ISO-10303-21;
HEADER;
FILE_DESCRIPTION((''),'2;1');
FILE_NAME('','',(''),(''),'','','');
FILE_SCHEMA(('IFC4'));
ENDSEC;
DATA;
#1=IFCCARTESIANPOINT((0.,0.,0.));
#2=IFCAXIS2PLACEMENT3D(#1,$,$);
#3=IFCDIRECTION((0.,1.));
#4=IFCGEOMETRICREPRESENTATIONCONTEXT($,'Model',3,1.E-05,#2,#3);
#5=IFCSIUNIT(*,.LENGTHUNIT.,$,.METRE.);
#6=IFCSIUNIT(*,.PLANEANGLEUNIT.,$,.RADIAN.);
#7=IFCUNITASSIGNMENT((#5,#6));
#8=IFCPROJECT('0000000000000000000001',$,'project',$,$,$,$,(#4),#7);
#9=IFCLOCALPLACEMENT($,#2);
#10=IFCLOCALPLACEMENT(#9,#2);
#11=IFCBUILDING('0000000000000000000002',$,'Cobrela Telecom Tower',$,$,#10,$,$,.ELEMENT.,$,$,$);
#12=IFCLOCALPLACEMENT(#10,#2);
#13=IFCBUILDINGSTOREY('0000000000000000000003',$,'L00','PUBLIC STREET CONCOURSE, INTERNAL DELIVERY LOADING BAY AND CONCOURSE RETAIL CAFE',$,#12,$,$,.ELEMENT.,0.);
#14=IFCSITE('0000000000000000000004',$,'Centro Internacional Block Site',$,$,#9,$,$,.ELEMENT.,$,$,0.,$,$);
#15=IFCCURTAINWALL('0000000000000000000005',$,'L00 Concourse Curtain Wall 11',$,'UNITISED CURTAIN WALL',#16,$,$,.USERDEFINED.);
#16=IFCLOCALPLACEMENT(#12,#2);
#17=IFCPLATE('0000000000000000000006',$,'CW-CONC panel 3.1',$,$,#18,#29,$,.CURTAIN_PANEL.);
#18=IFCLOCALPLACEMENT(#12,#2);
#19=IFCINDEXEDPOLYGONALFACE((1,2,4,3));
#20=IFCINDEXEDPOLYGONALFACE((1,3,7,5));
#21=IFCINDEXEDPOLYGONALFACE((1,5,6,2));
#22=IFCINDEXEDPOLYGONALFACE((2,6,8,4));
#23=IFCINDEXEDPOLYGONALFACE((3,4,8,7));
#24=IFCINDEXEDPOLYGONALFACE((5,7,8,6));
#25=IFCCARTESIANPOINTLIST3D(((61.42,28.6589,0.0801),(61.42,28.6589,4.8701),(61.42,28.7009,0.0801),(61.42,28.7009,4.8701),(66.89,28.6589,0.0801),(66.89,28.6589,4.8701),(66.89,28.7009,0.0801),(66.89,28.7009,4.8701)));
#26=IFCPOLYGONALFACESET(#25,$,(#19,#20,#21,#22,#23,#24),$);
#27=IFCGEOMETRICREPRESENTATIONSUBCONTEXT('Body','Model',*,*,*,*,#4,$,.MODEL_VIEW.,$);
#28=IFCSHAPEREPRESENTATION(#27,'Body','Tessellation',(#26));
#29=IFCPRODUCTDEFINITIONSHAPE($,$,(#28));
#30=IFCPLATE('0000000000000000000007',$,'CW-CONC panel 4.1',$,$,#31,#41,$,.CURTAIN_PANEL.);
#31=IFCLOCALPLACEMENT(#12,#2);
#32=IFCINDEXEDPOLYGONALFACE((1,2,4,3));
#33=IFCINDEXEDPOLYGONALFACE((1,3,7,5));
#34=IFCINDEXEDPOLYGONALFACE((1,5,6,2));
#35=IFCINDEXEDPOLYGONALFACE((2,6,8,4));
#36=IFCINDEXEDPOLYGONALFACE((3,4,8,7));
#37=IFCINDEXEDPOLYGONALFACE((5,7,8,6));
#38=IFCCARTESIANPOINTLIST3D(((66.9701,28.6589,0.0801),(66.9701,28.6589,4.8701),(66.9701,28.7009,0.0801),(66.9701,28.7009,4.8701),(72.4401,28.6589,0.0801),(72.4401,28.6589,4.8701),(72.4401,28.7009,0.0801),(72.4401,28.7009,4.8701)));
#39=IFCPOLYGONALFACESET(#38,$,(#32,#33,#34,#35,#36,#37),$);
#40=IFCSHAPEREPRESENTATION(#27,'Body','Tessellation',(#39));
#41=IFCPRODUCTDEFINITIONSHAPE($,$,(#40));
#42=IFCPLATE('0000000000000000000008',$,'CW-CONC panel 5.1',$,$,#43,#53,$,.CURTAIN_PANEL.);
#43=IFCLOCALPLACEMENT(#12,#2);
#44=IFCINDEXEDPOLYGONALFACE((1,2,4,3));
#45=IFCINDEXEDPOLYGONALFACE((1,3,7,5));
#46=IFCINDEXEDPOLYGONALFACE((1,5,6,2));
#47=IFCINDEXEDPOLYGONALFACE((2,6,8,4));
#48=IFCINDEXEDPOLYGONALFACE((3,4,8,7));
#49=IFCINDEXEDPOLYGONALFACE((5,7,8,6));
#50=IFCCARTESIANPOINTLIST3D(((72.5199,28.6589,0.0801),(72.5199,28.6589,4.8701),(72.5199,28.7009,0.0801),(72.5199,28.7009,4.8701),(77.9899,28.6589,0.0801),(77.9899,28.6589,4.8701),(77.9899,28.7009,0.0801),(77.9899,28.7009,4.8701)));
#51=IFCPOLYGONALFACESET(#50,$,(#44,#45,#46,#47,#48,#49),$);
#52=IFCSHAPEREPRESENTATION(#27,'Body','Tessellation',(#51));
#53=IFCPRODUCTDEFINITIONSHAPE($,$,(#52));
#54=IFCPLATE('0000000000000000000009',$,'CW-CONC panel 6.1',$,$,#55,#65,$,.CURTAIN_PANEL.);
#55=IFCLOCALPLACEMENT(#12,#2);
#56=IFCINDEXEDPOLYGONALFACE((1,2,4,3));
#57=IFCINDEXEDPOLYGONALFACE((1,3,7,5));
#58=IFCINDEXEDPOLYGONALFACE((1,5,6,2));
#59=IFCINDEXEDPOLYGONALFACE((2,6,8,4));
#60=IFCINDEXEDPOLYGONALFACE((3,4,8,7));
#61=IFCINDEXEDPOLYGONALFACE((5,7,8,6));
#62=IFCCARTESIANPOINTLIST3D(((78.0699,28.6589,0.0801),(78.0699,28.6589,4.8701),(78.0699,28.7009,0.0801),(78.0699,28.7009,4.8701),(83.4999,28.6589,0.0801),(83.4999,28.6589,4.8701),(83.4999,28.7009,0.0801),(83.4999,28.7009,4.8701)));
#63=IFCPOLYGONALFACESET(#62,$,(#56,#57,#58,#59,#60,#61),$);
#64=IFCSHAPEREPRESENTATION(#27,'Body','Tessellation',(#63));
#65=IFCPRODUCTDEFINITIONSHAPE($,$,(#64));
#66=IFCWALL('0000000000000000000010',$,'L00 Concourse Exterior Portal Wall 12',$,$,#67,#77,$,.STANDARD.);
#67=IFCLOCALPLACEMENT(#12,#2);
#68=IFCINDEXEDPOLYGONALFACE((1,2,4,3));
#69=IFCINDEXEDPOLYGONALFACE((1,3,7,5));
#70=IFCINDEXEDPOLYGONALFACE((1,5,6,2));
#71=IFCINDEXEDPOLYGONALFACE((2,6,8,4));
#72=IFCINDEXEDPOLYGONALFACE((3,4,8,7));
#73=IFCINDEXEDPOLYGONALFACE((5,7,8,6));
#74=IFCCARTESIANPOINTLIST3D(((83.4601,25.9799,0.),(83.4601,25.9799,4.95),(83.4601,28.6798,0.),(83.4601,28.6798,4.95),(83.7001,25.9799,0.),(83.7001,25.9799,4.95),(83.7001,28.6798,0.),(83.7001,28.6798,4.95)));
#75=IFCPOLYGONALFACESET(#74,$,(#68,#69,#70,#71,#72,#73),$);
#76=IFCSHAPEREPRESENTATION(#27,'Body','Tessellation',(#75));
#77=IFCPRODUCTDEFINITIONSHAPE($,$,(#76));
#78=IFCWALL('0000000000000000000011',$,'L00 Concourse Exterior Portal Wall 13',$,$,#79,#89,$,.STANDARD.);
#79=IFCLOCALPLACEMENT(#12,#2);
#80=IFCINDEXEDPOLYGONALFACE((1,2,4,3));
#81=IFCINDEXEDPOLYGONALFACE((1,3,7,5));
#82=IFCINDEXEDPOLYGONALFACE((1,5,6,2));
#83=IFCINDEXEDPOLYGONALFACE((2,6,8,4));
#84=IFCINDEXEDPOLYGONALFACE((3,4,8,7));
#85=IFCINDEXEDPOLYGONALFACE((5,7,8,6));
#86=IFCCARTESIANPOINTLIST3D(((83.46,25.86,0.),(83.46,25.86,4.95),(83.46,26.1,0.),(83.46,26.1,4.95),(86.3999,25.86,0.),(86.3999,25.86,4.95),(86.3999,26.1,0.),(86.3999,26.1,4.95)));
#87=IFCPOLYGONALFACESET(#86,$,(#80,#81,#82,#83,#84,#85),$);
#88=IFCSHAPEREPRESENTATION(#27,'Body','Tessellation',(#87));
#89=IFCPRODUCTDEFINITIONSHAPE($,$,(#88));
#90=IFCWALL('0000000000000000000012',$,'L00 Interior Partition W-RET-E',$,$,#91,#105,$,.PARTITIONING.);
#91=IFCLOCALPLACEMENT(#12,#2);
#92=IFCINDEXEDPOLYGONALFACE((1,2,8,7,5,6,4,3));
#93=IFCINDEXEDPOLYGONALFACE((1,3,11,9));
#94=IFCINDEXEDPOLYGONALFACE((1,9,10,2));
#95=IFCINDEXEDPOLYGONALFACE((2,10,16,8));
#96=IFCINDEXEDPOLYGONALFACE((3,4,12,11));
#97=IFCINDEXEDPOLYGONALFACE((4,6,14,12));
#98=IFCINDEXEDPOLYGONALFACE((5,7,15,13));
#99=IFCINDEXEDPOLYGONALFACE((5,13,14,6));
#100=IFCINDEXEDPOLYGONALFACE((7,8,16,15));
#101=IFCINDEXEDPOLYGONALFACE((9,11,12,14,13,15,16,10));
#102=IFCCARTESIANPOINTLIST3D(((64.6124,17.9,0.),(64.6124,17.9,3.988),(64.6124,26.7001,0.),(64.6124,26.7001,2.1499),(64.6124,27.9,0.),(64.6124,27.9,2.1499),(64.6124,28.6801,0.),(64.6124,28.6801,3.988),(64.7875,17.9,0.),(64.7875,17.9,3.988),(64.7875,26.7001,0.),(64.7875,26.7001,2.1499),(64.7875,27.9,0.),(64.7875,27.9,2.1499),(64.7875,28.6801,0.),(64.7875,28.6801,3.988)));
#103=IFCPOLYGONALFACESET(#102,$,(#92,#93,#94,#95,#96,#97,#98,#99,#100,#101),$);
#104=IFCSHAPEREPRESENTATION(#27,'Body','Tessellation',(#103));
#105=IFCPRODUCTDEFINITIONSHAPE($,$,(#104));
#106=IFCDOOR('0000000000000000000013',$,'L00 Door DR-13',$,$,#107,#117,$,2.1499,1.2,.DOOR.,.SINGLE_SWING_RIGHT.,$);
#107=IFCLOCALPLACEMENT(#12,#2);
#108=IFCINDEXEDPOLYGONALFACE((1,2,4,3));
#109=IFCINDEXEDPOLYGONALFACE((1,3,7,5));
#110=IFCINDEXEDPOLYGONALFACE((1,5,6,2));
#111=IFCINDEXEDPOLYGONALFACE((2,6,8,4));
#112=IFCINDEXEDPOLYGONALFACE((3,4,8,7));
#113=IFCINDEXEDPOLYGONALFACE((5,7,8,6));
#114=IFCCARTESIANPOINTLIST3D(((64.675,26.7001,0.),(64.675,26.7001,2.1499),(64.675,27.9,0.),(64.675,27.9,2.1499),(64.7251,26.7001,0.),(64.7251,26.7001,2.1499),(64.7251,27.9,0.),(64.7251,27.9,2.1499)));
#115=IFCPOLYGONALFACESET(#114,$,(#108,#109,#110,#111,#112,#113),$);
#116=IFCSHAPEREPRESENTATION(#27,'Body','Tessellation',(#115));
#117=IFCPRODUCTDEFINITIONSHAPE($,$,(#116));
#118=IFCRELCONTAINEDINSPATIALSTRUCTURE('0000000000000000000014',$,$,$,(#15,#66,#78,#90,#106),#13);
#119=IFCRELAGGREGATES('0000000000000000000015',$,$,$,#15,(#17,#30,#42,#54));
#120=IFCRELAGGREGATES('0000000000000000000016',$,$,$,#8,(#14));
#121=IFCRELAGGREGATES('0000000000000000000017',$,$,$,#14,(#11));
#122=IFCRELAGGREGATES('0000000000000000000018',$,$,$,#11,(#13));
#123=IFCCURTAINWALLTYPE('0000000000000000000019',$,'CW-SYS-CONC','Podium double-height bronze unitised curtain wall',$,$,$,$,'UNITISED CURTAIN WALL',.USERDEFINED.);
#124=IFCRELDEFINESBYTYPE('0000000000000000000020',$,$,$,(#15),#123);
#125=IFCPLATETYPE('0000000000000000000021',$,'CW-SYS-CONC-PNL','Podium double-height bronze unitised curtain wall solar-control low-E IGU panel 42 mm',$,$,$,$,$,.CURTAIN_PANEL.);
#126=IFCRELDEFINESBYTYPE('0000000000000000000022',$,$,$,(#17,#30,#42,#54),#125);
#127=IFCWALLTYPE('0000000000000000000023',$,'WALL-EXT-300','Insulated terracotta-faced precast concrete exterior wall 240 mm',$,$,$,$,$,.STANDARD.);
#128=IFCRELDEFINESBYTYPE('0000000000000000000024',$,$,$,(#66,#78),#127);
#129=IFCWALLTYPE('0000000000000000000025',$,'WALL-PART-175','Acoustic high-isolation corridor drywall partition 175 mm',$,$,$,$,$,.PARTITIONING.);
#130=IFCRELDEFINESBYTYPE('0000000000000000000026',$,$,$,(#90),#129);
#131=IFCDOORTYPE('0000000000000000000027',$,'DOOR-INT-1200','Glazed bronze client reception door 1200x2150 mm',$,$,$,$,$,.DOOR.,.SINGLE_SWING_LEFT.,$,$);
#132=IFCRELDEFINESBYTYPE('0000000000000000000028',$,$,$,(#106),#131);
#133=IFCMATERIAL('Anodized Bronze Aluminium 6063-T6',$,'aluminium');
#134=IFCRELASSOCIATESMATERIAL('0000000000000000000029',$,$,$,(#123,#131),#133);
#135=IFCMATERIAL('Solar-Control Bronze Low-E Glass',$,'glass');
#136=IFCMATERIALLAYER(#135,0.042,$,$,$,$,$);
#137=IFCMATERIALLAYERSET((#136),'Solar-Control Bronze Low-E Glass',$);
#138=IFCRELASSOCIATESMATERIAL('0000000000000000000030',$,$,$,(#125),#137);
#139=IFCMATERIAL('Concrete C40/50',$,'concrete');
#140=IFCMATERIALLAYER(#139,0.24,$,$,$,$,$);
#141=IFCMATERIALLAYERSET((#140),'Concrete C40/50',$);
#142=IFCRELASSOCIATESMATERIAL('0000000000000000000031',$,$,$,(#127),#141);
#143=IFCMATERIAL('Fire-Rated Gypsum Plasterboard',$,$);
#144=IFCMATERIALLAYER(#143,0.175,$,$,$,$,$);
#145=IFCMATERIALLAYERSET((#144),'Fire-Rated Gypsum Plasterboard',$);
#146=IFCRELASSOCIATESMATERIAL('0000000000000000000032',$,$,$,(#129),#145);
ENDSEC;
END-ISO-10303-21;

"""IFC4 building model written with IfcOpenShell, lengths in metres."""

from ifc_helpers import new_model, si_unit, direction, frame, frame_2d, origin, origin_2d, place, context, subcontext, project, spatial, rectangle, extrude, material, layer, layer_set, type_object, element, fill, aggregate, save


model = new_model("IFC4")

# Units and contexts
model_context = context("Model", 3, precision=1e-05, world=origin(), true_north=direction((0.0, 1.0)))
body_context = subcontext(model_context, "Body", "Model", "MODEL_VIEW")
ifc_project = project(units=[si_unit("LENGTHUNIT", "METRE"), si_unit("PLANEANGLEUNIT", "RADIAN")], contexts=[model_context])

# Site, building, storey
site_placement = place(None, origin())
site = spatial("IfcSite", under=ifc_project, at=site_placement, Name="Centro Internacional Block Site", CompositionType="ELEMENT", RefElevation=0.0)
building_placement = place(site_placement, origin())
building = spatial("IfcBuilding", under=site, at=building_placement, Name="Cobrela Telecom Tower", CompositionType="ELEMENT")
storey_placement = place(building_placement, origin())
storey = spatial("IfcBuildingStorey", under=building, at=storey_placement, Name="L00", Description="PUBLIC STREET CONCOURSE, INTERNAL DELIVERY LOADING BAY AND CONCOURSE RETAIL CAFE", CompositionType="ELEMENT", Elevation=0.0)

# Shared definitions
ifc_material_1 = material(Name="Concrete C40/50", Category="concrete")

# Curtain wall, plates
ifc_material_2 = material(Name="Anodized Bronze Aluminium 6063-T6", Category="aluminium")
curtain_wall_type = type_object("IfcCurtainWallType", Name="CW-SYS-CONC", Description="Podium double-height bronze unitised curtain wall", ElementType="UNITISED CURTAIN WALL", PredefinedType="USERDEFINED", material=ifc_material_2)
curtain_wall_placement = place(storey_placement, origin())
curtain_wall = element("IfcCurtainWall", 1, at=curtain_wall_placement, inside=storey, type_object=curtain_wall_type, Name="L00 Concourse Curtain Wall 11", ObjectType="UNITISED CURTAIN WALL", PredefinedType="USERDEFINED")
ifc_material_3 = material(Name="Solar-Control Bronze Low-E Glass", Category="glass")
ifc_layer_1 = layer(ifc_material_3, 0.042)
ifc_layer_set_1 = layer_set([ifc_layer_1], Name="Solar-Control Bronze Low-E Glass")
plate_type = type_object("IfcPlateType", Name="CW-SYS-CONC-PNL", Description="Podium double-height bronze unitised curtain wall solar-control low-E IGU panel 42 mm", PredefinedType="CURTAIN_PANEL", material=ifc_layer_set_1)
plate_1_placement = place(storey_placement, frame((64.155, 28.6799, 0.0801), z_axis=(0.0, 0.0, 1.0), x_axis=(1.0, 0.0, 0.0)))
plate_1 = element("IfcPlate", 2, at=plate_1_placement, type_object=plate_type, Name="CW-CONC panel 3.1", PredefinedType="CURTAIN_PANEL", context=body_context, shape_type="SweptSolid", body=[
    extrude(rectangle(XDim=5.47, YDim=0.042, at=origin_2d()), origin(), (0.0, 0.0, 1.0), 4.79),
])
plate_2_placement = place(storey_placement, frame((69.7051, 28.6799, 0.0801), z_axis=(0.0, 0.0, 1.0), x_axis=(1.0, 0.0, 0.0)))
plate_2 = element("IfcPlate", 3, at=plate_2_placement, type_object=plate_type, Name="CW-CONC panel 4.1", PredefinedType="CURTAIN_PANEL", context=body_context, shape_type="SweptSolid", body=[
    extrude(rectangle(XDim=5.47, YDim=0.042, at=origin_2d()), origin(), (0.0, 0.0, 1.0), 4.79),
])
plate_3_placement = place(storey_placement, frame((75.2549, 28.6799, 0.0801), z_axis=(0.0, 0.0, 1.0), x_axis=(1.0, 0.0, 0.0)))
plate_3 = element("IfcPlate", 4, at=plate_3_placement, type_object=plate_type, Name="CW-CONC panel 5.1", PredefinedType="CURTAIN_PANEL", context=body_context, shape_type="SweptSolid", body=[
    extrude(rectangle(XDim=5.47, YDim=0.042, at=origin_2d()), origin(), (0.0, 0.0, 1.0), 4.79),
])
plate_4_placement = place(storey_placement, frame((80.7849, 28.6799, 0.0801), z_axis=(0.0, 0.0, 1.0), x_axis=(1.0, 0.0, 0.0)))
plate_4 = element("IfcPlate", 5, at=plate_4_placement, type_object=plate_type, Name="CW-CONC panel 6.1", PredefinedType="CURTAIN_PANEL", context=body_context, shape_type="SweptSolid", body=[
    extrude(rectangle(XDim=5.4299, YDim=0.042, at=origin_2d()), origin(), (0.0, 0.0, 1.0), 4.79),
])
aggregate(curtain_wall, [plate_1, plate_2, plate_3, plate_4])

# Walls
ifc_layer_2 = layer(ifc_material_1, 0.24)
ifc_layer_set_2 = layer_set([ifc_layer_2], Name="Concrete C40/50")
wall_type_1 = type_object("IfcWallType", Name="WALL-EXT-300", Description="Insulated terracotta-faced precast concrete exterior wall 240 mm", PredefinedType="STANDARD", material=ifc_layer_set_2)
wall_1_placement = place(storey_placement, frame((83.5801, 28.6799, 0.0), z_axis=(0.0, 0.0, 1.0), x_axis=(0.0, -1.0, 0.0)))
element("IfcWall", 6, at=wall_1_placement, inside=storey, type_object=wall_type_1, Name="L00 Concourse Exterior Portal Wall 12", PredefinedType="STANDARD", context=body_context, shape_type="SweptSolid", body=[
    extrude(rectangle(XDim=2.7, YDim=0.24, at=frame_2d((1.3501, 0.0))), origin(), (0.0, 0.0, 1.0), 4.95),
])
wall_2_placement = place(storey_placement, frame((83.46, 25.98, 0.0), z_axis=(0.0, 0.0, 1.0), x_axis=(1.0, 0.0, 0.0)))
element("IfcWall", 7, at=wall_2_placement, inside=storey, type_object=wall_type_1, Name="L00 Concourse Exterior Portal Wall 13", PredefinedType="STANDARD", context=body_context, shape_type="SweptSolid", body=[
    extrude(rectangle(XDim=2.9399, YDim=0.24, at=frame_2d((1.47, 0.0))), origin(), (0.0, 0.0, 1.0), 4.95),
])

# Wall, opening, door
ifc_material_4 = material(Name="Fire-Rated Gypsum Plasterboard")
ifc_layer_3 = layer(ifc_material_4, 0.175)
ifc_layer_set_3 = layer_set([ifc_layer_3], Name="Fire-Rated Gypsum Plasterboard")
wall_type_2 = type_object("IfcWallType", Name="WALL-PART-175", Description="Acoustic high-isolation corridor drywall partition 175 mm", PredefinedType="PARTITIONING", material=ifc_layer_set_3)
wall_3_placement = place(storey_placement, frame((64.7, 17.8999, 0.0), z_axis=(0.0, 0.0, 1.0), x_axis=(0.0, 1.0, 0.0)))
wall_3 = element("IfcWall", 8, at=wall_3_placement, inside=storey, type_object=wall_type_2, Name="L00 Interior Partition W-RET-E", PredefinedType="PARTITIONING", context=body_context, shape_type="SweptSolid", body=[
    extrude(rectangle(XDim=10.78, YDim=0.175, at=frame_2d((5.3901, 0.0))), origin(), (0.0, 0.0, 1.0), 3.988),
])
opening_1_placement = place(wall_3_placement, frame((8.8, 0.0, 0.0)))
opening_1 = element("IfcOpeningElement", 9, at=opening_1_placement, cuts=wall_3, PredefinedType="OPENING", context=body_context, shape_type="SweptSolid", body=[
    extrude(rectangle(XDim=1.2, YDim=2.1499, at=frame_2d((0.6001, 1.075))), frame((0.0, 0.0996, 0.0), z_axis=(0.0, -1.0, 0.0), x_axis=(1.0, 0.0, 0.0)), (0.0, 0.0, 1.0), 0.199),
])
door_type_1 = type_object("IfcDoorType", Name="DOOR-INT-1200", Description="Glazed bronze client reception door 1200x2150 mm", OperationType="SINGLE_SWING_LEFT", PredefinedType="DOOR", material=ifc_material_2)
door_1_placement = place(opening_1_placement, origin())
door_1 = element("IfcDoor", 10, at=door_1_placement, inside=storey, type_object=door_type_1, Name="L00 Door DR-13", OperationType="SINGLE_SWING_RIGHT", OverallHeight=2.1499, OverallWidth=1.2, PredefinedType="DOOR", context=body_context, shape_type="SweptSolid", body=[
    extrude(rectangle(XDim=1.2, YDim=2.1499, at=frame_2d((0.6001, 1.075))), frame((0.0, 0.0249, 0.0), z_axis=(0.0, -1.0, 0.0), x_axis=(1.0, 0.0, 0.0)), (0.0, 0.0, 1.0), 0.05),
])
fill(opening_1, door_1)

save(model, "model.ifc")
